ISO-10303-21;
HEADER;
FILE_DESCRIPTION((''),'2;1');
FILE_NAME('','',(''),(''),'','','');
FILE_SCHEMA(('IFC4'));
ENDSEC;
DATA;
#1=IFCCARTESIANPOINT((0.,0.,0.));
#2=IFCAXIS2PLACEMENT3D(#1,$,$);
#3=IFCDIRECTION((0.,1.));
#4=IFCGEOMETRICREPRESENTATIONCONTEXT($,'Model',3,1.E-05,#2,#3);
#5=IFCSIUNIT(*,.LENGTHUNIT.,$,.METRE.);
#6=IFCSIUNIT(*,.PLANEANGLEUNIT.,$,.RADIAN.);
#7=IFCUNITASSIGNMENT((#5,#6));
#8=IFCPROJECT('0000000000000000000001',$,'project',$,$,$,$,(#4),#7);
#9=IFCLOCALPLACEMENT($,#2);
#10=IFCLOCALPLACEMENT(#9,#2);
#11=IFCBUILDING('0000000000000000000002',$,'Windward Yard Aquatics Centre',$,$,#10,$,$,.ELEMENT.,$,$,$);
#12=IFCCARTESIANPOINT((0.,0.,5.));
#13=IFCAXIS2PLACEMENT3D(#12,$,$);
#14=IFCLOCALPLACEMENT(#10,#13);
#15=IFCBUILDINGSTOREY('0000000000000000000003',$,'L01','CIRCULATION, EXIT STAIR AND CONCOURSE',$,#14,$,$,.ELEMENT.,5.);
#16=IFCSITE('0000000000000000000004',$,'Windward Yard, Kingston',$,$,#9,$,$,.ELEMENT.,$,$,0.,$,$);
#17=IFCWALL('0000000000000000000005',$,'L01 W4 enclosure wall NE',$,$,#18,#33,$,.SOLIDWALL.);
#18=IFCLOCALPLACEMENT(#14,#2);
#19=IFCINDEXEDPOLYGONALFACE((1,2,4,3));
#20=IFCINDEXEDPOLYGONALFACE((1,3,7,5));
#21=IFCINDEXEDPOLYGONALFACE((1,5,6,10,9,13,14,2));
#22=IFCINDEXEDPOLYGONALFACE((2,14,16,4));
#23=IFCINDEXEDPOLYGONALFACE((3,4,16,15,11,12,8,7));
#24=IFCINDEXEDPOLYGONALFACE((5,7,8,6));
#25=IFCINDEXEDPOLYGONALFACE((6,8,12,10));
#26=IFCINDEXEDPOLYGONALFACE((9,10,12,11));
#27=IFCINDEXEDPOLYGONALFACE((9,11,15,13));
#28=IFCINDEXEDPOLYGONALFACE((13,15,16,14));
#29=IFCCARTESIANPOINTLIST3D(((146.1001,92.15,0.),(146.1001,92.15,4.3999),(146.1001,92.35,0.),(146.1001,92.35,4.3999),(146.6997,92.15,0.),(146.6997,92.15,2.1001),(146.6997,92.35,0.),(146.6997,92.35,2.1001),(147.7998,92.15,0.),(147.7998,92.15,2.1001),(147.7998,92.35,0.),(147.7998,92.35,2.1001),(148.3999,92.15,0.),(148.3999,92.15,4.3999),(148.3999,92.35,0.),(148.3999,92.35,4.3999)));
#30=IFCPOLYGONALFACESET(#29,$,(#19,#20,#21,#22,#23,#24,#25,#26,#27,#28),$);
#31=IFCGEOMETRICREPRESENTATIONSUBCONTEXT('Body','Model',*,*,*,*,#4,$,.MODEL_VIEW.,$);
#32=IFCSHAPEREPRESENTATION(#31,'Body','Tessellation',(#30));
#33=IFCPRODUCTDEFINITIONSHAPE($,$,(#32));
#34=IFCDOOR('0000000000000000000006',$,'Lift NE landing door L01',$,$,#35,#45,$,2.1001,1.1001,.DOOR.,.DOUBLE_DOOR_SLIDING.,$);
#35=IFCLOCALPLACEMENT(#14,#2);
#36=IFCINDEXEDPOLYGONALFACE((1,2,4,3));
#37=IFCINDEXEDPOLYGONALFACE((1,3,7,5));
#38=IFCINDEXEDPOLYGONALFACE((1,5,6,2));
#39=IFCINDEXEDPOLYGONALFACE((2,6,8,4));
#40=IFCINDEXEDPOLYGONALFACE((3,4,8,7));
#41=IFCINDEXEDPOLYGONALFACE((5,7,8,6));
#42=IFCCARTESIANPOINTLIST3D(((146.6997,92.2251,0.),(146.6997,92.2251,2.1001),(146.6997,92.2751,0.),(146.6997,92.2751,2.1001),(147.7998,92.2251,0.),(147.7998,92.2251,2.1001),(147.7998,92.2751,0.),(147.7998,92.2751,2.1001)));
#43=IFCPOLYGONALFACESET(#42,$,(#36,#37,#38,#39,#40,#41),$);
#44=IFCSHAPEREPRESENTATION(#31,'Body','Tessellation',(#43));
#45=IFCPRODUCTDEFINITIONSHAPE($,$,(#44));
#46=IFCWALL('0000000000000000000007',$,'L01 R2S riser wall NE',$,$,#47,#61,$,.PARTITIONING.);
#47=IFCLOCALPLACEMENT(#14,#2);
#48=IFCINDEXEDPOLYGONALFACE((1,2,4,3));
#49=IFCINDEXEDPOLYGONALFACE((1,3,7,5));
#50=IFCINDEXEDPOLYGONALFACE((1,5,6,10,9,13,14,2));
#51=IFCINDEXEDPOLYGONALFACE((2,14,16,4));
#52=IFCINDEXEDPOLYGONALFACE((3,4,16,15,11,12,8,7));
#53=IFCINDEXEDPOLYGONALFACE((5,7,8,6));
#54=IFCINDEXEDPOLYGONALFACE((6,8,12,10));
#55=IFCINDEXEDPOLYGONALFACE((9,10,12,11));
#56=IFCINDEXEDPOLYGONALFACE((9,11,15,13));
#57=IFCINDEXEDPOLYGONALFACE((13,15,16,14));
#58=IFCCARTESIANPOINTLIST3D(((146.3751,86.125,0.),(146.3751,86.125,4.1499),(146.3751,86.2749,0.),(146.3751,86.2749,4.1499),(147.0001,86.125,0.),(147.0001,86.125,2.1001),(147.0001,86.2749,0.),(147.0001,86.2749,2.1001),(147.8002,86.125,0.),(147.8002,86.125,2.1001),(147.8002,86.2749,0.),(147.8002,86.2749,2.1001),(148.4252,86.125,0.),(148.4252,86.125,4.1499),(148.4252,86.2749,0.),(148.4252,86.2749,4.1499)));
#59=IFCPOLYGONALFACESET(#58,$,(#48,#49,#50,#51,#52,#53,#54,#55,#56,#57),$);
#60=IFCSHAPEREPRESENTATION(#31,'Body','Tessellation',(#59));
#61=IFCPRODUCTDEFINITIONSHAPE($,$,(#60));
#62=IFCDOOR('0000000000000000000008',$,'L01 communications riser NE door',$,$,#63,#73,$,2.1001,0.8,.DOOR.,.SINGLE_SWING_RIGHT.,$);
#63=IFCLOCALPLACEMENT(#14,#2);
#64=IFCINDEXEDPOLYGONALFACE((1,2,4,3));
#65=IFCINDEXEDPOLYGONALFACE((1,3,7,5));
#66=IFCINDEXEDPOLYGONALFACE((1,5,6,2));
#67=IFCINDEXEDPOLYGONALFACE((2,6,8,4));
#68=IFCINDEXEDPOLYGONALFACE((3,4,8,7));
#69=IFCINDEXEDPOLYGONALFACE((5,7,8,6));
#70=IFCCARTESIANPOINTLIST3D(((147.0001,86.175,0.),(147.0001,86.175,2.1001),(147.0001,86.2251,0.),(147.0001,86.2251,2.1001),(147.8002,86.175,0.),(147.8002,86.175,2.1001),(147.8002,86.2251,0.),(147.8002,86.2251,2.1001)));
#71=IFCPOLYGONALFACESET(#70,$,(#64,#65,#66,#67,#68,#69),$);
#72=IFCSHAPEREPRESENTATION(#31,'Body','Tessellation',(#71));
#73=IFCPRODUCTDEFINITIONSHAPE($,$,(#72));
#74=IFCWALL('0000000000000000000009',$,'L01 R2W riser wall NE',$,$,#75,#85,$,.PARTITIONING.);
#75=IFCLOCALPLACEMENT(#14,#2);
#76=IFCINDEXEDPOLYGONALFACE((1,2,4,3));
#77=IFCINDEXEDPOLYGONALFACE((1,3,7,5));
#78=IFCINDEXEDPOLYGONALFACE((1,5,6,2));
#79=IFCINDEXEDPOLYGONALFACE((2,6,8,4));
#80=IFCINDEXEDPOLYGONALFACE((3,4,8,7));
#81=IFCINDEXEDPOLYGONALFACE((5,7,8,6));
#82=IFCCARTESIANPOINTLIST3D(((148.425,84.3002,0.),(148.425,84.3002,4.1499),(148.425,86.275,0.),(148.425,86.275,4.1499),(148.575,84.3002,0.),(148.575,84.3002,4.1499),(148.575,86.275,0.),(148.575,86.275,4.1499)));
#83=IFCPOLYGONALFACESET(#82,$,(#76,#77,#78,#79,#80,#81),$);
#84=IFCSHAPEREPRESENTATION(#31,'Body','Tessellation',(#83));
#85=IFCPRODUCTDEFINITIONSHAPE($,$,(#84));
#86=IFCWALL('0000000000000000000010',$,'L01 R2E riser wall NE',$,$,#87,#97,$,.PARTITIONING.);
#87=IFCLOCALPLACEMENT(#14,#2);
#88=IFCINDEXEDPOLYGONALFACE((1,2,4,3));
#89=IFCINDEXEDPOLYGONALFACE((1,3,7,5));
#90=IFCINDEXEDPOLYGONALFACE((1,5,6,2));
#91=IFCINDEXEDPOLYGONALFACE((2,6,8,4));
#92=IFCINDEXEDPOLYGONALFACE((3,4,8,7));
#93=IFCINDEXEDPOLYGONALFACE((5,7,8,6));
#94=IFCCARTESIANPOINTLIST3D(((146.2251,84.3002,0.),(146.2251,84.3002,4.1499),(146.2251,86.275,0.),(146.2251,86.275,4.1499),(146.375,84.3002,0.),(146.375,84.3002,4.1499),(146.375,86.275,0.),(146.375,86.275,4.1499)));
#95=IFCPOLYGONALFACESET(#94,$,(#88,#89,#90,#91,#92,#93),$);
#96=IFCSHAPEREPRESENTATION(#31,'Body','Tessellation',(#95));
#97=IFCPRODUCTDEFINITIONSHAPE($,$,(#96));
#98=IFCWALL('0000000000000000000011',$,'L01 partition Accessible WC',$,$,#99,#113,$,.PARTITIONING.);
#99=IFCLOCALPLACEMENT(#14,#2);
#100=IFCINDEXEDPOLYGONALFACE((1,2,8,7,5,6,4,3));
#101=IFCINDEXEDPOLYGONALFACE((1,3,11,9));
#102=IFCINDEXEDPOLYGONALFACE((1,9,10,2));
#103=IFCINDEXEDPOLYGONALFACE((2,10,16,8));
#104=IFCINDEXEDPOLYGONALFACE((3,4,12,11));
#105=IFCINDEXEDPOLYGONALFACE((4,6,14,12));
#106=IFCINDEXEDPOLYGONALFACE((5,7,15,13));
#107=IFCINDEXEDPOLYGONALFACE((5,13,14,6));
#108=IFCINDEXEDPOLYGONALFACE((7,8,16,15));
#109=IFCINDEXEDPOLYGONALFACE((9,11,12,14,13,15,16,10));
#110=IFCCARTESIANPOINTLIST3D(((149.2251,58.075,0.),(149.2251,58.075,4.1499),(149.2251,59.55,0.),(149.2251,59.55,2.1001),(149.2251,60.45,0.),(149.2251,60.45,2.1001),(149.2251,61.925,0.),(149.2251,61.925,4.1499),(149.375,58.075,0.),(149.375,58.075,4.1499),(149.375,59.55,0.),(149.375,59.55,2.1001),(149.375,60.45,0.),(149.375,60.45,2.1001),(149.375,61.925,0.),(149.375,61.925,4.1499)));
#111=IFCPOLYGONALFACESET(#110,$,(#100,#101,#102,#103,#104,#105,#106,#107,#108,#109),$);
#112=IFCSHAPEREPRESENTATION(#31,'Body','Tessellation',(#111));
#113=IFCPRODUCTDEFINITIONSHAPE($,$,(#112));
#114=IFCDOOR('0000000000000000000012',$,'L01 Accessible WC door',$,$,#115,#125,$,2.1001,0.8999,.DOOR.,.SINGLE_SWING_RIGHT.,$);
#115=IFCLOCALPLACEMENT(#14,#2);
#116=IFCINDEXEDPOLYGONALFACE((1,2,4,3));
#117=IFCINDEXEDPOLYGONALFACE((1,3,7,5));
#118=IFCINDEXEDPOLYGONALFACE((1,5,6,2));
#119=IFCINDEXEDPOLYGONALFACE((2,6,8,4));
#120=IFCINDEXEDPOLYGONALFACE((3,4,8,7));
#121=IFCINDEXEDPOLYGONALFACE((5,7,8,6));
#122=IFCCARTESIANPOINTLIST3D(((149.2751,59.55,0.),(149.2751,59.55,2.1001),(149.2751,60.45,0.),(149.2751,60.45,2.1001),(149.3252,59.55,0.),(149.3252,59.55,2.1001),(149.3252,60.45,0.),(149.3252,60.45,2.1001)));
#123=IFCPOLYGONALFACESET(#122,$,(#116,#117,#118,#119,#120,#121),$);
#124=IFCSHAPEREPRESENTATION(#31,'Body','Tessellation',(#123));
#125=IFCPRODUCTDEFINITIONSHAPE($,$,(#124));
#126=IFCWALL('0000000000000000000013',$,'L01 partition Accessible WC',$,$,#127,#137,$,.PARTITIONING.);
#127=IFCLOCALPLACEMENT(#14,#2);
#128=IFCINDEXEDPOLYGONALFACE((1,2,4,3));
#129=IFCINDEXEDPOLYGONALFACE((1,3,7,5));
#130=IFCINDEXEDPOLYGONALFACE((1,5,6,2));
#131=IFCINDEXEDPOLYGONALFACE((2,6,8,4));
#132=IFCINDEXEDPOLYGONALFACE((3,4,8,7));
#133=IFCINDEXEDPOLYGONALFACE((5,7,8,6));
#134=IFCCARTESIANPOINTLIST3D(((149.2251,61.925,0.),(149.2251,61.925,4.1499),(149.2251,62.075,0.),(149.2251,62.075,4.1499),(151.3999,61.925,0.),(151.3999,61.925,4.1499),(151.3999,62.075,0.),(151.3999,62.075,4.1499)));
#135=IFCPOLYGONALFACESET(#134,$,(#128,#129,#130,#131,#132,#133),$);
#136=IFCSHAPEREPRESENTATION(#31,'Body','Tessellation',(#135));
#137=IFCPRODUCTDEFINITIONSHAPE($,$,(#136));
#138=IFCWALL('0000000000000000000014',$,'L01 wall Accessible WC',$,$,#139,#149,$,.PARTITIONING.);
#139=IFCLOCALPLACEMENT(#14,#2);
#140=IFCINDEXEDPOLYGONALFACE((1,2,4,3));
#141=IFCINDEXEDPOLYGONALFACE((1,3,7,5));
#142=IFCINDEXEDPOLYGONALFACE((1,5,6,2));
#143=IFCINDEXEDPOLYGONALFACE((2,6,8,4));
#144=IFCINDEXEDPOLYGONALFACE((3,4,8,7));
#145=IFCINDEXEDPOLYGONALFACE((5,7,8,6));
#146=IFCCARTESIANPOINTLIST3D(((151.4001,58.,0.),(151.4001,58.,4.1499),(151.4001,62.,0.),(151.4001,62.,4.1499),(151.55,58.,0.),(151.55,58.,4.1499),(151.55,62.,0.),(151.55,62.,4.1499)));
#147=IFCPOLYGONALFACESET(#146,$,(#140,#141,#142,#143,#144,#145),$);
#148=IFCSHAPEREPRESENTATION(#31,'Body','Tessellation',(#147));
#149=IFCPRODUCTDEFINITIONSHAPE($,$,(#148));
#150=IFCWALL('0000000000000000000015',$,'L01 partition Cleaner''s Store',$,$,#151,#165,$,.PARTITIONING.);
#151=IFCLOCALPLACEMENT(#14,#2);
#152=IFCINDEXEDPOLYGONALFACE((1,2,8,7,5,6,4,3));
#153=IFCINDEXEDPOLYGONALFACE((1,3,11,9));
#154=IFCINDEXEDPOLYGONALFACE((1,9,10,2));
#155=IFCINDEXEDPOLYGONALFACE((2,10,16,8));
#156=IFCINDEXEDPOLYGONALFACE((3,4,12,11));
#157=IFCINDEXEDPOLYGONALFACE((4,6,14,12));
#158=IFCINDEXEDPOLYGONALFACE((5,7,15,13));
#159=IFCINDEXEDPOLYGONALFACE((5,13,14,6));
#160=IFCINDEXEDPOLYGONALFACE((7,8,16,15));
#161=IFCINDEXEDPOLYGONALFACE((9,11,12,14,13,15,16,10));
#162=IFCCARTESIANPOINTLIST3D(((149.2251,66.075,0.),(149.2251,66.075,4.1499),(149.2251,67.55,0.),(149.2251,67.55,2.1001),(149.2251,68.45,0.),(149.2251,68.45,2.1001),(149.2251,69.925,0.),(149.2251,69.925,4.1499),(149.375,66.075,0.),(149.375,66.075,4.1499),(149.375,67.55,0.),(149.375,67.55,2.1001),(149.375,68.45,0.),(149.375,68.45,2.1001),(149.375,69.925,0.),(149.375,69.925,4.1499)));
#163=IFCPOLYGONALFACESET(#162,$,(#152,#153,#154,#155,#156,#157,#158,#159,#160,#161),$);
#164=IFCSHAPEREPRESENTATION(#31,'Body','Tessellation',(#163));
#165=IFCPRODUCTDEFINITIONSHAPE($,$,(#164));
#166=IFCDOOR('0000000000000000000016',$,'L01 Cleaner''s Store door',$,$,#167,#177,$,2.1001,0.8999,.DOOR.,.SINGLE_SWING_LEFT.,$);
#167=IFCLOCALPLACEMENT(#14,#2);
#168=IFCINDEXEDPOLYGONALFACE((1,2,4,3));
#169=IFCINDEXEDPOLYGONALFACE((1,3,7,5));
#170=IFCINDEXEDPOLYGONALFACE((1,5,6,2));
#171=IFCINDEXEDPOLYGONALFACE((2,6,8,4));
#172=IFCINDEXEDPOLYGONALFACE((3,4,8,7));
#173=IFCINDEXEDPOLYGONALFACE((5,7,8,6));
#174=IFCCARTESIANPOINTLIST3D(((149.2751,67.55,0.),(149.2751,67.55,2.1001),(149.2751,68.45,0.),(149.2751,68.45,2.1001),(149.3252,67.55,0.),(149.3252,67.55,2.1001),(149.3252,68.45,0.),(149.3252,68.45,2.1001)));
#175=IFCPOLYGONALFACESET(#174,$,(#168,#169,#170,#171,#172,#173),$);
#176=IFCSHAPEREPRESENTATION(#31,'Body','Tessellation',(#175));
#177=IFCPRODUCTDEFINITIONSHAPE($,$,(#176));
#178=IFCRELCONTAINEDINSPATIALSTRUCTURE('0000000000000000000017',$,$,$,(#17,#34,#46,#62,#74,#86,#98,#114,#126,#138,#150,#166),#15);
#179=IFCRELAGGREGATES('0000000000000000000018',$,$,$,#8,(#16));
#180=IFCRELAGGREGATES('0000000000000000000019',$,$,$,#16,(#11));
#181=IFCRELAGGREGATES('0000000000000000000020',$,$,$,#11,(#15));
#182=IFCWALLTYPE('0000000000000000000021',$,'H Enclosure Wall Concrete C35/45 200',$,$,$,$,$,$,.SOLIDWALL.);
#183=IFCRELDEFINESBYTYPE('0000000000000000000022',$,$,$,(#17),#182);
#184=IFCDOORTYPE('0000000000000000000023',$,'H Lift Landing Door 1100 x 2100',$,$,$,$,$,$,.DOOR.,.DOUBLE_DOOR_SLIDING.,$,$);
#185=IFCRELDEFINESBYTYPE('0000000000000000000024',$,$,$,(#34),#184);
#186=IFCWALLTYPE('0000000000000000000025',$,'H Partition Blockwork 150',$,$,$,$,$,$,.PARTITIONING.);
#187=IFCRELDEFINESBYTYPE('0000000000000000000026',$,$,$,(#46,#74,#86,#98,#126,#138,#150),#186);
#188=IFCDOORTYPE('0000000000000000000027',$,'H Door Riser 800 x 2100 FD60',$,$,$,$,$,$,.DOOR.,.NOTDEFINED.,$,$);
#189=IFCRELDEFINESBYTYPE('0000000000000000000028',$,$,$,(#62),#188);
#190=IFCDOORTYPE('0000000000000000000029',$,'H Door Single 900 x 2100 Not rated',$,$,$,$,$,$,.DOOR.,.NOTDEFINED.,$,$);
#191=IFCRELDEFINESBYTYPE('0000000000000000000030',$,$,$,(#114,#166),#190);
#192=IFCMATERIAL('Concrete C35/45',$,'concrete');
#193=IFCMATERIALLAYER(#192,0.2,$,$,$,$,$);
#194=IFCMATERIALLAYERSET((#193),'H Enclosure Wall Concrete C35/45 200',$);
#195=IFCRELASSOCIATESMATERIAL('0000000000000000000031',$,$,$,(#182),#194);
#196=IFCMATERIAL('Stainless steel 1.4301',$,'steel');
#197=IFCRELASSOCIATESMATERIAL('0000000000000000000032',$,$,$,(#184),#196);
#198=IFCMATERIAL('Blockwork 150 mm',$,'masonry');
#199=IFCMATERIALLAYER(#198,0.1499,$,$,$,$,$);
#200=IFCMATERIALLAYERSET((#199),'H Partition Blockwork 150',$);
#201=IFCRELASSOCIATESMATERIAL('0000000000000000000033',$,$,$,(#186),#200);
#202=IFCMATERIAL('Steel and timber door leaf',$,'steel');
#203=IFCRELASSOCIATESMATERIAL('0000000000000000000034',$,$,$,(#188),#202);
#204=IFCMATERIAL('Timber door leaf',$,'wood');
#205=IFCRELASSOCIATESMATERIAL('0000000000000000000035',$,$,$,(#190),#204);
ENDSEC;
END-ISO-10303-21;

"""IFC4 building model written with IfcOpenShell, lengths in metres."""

from ifc_helpers import new_model, si_unit, direction, frame, frame_2d, origin, place, context, subcontext, project, spatial, rectangle, extrude, material, layer, layer_set, type_object, element, fill, save


model = new_model("IFC4")

# Units and contexts
model_context = context("Model", 3, precision=1e-05, world=origin(), true_north=direction((0.0, 1.0)))
body_context = subcontext(model_context, "Body", "Model", "MODEL_VIEW")
ifc_project = project(units=[si_unit("LENGTHUNIT", "METRE"), si_unit("PLANEANGLEUNIT", "RADIAN")], contexts=[model_context])

# Site, building, storey
site_placement = place(None, origin())
site = spatial("IfcSite", under=ifc_project, at=site_placement, Name="Windward Yard, Kingston", CompositionType="ELEMENT", RefElevation=0.0)
building_placement = place(site_placement, origin())
building = spatial("IfcBuilding", under=site, at=building_placement, Name="Windward Yard Aquatics Centre", CompositionType="ELEMENT")
storey_placement = place(building_placement, frame((0.0, 0.0, 5.0)))
storey = spatial("IfcBuildingStorey", under=building, at=storey_placement, Name="L01", Description="CIRCULATION, EXIT STAIR AND CONCOURSE", CompositionType="ELEMENT", Elevation=5.0)

# Walls, openings, doors
ifc_material_1 = material(Name="Concrete C35/45", Category="concrete")
ifc_layer_1 = layer(ifc_material_1, 0.2)
ifc_layer_set_1 = layer_set([ifc_layer_1], Name="H Enclosure Wall Concrete C35/45 200")
wall_type_1 = type_object("IfcWallType", Name="H Enclosure Wall Concrete C35/45 200", PredefinedType="SOLIDWALL", material=ifc_layer_set_1)
ifc_material_2 = material(Name="Steel and timber door leaf", Category="steel")
wall_1_placement = place(storey_placement, frame((148.3999, 92.25, 0.0), z_axis=(0.0, 0.0, 1.0), x_axis=(-1.0, 0.0, 0.0)))
wall_1 = element("IfcWall", 1, at=wall_1_placement, inside=storey, type_object=wall_type_1, Name="L01 W4 enclosure wall NE", PredefinedType="SOLIDWALL", context=body_context, shape_type="SweptSolid", body=[
    extrude(rectangle(XDim=2.2998, YDim=0.2, at=frame_2d((1.1499, 0.0))), origin(), (0.0, 0.0, 1.0), 4.3999),
])
opening_1_placement = place(wall_1_placement, frame((0.6001, 0.0, 0.0)))
opening_1 = element("IfcOpeningElement", 2, at=opening_1_placement, cuts=wall_1, PredefinedType="OPENING", context=body_context, shape_type="SweptSolid", body=[
    extrude(rectangle(XDim=1.1001, YDim=2.1001, at=frame_2d((0.55, 1.05))), frame((0.0, 0.1099, 0.0), z_axis=(0.0, -1.0, 0.0), x_axis=(1.0, 0.0, 0.0)), (0.0, 0.0, 1.0), 0.22),
])
ifc_material_3 = material(Name="Stainless steel 1.4301", Category="steel")
door_type_1 = type_object("IfcDoorType", Name="H Lift Landing Door 1100 x 2100", OperationType="DOUBLE_DOOR_SLIDING", PredefinedType="DOOR", material=ifc_material_3)
door_1_placement = place(opening_1_placement, origin())
door_1 = element("IfcDoor", 3, at=door_1_placement, inside=storey, type_object=door_type_1, Name="Lift NE landing door L01", OperationType="DOUBLE_DOOR_SLIDING", OverallHeight=2.1001, OverallWidth=1.1001, PredefinedType="DOOR", context=body_context, shape_type="SweptSolid", body=[
    extrude(rectangle(XDim=1.1001, YDim=2.1001, at=frame_2d((0.55, 1.05))), frame((0.0, 0.0249, 0.0), z_axis=(0.0, -1.0, 0.0), x_axis=(1.0, 0.0, 0.0)), (0.0, 0.0, 1.0), 0.05),
])
fill(opening_1, door_1)
ifc_material_4 = material(Name="Blockwork 150 mm", Category="masonry")
ifc_layer_2 = layer(ifc_material_4, 0.1499)
ifc_layer_set_2 = layer_set([ifc_layer_2], Name="H Partition Blockwork 150")
wall_type_2 = type_object("IfcWallType", Name="H Partition Blockwork 150", PredefinedType="PARTITIONING", material=ifc_layer_set_2)
wall_2_placement = place(storey_placement, frame((148.425, 86.2, 0.0), z_axis=(0.0, 0.0, 1.0), x_axis=(-1.0, 0.0, 0.0)))
wall_2 = element("IfcWall", 4, at=wall_2_placement, inside=storey, type_object=wall_type_2, Name="L01 R2S riser wall NE", PredefinedType="PARTITIONING", context=body_context, shape_type="SweptSolid", body=[
    extrude(rectangle(XDim=2.05, YDim=0.1499, at=frame_2d((1.0249, 0.0))), origin(), (0.0, 0.0, 1.0), 4.1499),
])
opening_2_placement = place(wall_2_placement, frame((0.625, 0.0, 0.0)))
opening_2 = element("IfcOpeningElement", 5, at=opening_2_placement, cuts=wall_2, PredefinedType="OPENING", context=body_context, shape_type="SweptSolid", body=[
    extrude(rectangle(XDim=0.8, YDim=2.1001, at=frame_2d((0.3999, 1.05))), frame((0.0, 0.085, 0.0), z_axis=(0.0, -1.0, 0.0), x_axis=(1.0, 0.0, 0.0)), (0.0, 0.0, 1.0), 0.1699),
])
door_type_2 = type_object("IfcDoorType", Name="H Door Riser 800 x 2100 FD60", OperationType="NOTDEFINED", PredefinedType="DOOR", material=ifc_material_2)
door_2_placement = place(opening_2_placement, origin())
door_2 = element("IfcDoor", 6, at=door_2_placement, inside=storey, type_object=door_type_2, Name="L01 communications riser NE door", OperationType="SINGLE_SWING_RIGHT", OverallHeight=2.1001, OverallWidth=0.8, PredefinedType="DOOR", context=body_context, shape_type="SweptSolid", body=[
    extrude(rectangle(XDim=0.8, YDim=2.1001, at=frame_2d((0.3999, 1.05))), frame((0.0, 0.0249, 0.0), z_axis=(0.0, -1.0, 0.0), x_axis=(1.0, 0.0, 0.0)), (0.0, 0.0, 1.0), 0.05),
])
fill(opening_2, door_2)

# Walls
for number, where, z_axis, x_axis, name in (
    (7, (148.5, 86.2749, 0.0), (0.0, 0.0, 1.0), (0.0, -1.0, 0.0), "L01 R2W riser wall NE"),
    (8, (146.3, 86.2749, 0.0), (0.0, 0.0, 1.0), (0.0, -1.0, 0.0), "L01 R2E riser wall NE"),
):
    element("IfcWall", number, at=place(storey_placement, frame(where, z_axis=z_axis, x_axis=x_axis)), inside=storey, type_object=wall_type_2, Name=name, PredefinedType="PARTITIONING", context=body_context, shape_type="SweptSolid", body=[
        extrude(rectangle(XDim=1.9749, YDim=0.1499, at=frame_2d((0.9873, 0.0))), origin(), (0.0, 0.0, 1.0), 4.1499),
    ])

# Wall, opening, door
wall_3_placement = place(storey_placement, frame((149.3, 58.075, 0.0), z_axis=(0.0, 0.0, 1.0), x_axis=(0.0, 1.0, 0.0)))
wall_3 = element("IfcWall", 9, at=wall_3_placement, inside=storey, type_object=wall_type_2, Name="L01 partition Accessible WC", PredefinedType="PARTITIONING", context=body_context, shape_type="SweptSolid", body=[
    extrude(rectangle(XDim=3.8501, YDim=0.1499, at=frame_2d((1.925, 0.0))), origin(), (0.0, 0.0, 1.0), 4.1499),
])
opening_3_placement = place(wall_3_placement, frame((1.4751, 0.0, 0.0)))
opening_3 = element("IfcOpeningElement", 10, at=opening_3_placement, cuts=wall_3, PredefinedType="OPENING", context=body_context, shape_type="SweptSolid", body=[
    extrude(rectangle(XDim=0.8999, YDim=2.1001, at=frame_2d((0.45, 1.05))), frame((0.0, 0.085, 0.0), z_axis=(0.0, -1.0, 0.0), x_axis=(1.0, 0.0, 0.0)), (0.0, 0.0, 1.0), 0.1699),
])
ifc_material_5 = material(Name="Timber door leaf", Category="wood")
door_type_3 = type_object("IfcDoorType", Name="H Door Single 900 x 2100 Not rated", OperationType="NOTDEFINED", PredefinedType="DOOR", material=ifc_material_5)
door_3_placement = place(opening_3_placement, origin())
door_3 = element("IfcDoor", 11, at=door_3_placement, inside=storey, type_object=door_type_3, Name="L01 Accessible WC door", OperationType="SINGLE_SWING_RIGHT", OverallHeight=2.1001, OverallWidth=0.8999, PredefinedType="DOOR", context=body_context, shape_type="SweptSolid", body=[
    extrude(rectangle(XDim=0.8999, YDim=2.1001, at=frame_2d((0.45, 1.05))), frame((0.0, 0.0249, 0.0), z_axis=(0.0, -1.0, 0.0), x_axis=(1.0, 0.0, 0.0)), (0.0, 0.0, 1.0), 0.05),
])
fill(opening_3, door_3)

# Walls
wall_4_placement = place(storey_placement, frame((151.3999, 62.0, 0.0), z_axis=(0.0, 0.0, 1.0), x_axis=(-1.0, 0.0, 0.0)))
element("IfcWall", 12, at=wall_4_placement, inside=storey, type_object=wall_type_2, Name="L01 partition Accessible WC", PredefinedType="PARTITIONING", context=body_context, shape_type="SweptSolid", body=[
    extrude(rectangle(XDim=2.1748, YDim=0.1499, at=frame_2d((1.0874, 0.0))), origin(), (0.0, 0.0, 1.0), 4.1499),
])
wall_5_placement = place(storey_placement, frame((151.4751, 58.0, 0.0), z_axis=(0.0, 0.0, 1.0), x_axis=(0.0, 1.0, 0.0)))
element("IfcWall", 13, at=wall_5_placement, inside=storey, type_object=wall_type_2, Name="L01 wall Accessible WC", PredefinedType="PARTITIONING", context=body_context, shape_type="SweptSolid", body=[
    extrude(rectangle(XDim=4.0, YDim=0.1499, at=frame_2d((2.0, 0.0))), origin(), (0.0, 0.0, 1.0), 4.1499),
])

# Wall, opening, door
wall_6_placement = place(storey_placement, frame((149.3, 66.075, 0.0), z_axis=(0.0, 0.0, 1.0), x_axis=(0.0, 1.0, 0.0)))
wall_6 = element("IfcWall", 14, at=wall_6_placement, inside=storey, type_object=wall_type_2, Name="L01 partition Cleaner's Store", PredefinedType="PARTITIONING", context=body_context, shape_type="SweptSolid", body=[
    extrude(rectangle(XDim=3.8501, YDim=0.1499, at=frame_2d((1.925, 0.0))), origin(), (0.0, 0.0, 1.0), 4.1499),
])
opening_4_placement = place(wall_6_placement, frame((1.4751, 0.0, 0.0)))
opening_4 = element("IfcOpeningElement", 15, at=opening_4_placement, cuts=wall_6, PredefinedType="OPENING", context=body_context, shape_type="SweptSolid", body=[
    extrude(rectangle(XDim=0.8999, YDim=2.1001, at=frame_2d((0.45, 1.05))), frame((0.0, 0.085, 0.0), z_axis=(0.0, -1.0, 0.0), x_axis=(1.0, 0.0, 0.0)), (0.0, 0.0, 1.0), 0.1699),
])
door_4_placement = place(opening_4_placement, origin())
door_4 = element("IfcDoor", 16, at=door_4_placement, inside=storey, type_object=door_type_3, Name="L01 Cleaner's Store door", OperationType="SINGLE_SWING_LEFT", OverallHeight=2.1001, OverallWidth=0.8999, PredefinedType="DOOR", context=body_context, shape_type="SweptSolid", body=[
    extrude(rectangle(XDim=0.8999, YDim=2.1001, at=frame_2d((0.45, 1.05))), frame((0.0, 0.0249, 0.0), z_axis=(0.0, -1.0, 0.0), x_axis=(1.0, 0.0, 0.0)), (0.0, 0.0, 1.0), 0.05),
])
fill(opening_4, door_4)

save(model, "model.ifc")
